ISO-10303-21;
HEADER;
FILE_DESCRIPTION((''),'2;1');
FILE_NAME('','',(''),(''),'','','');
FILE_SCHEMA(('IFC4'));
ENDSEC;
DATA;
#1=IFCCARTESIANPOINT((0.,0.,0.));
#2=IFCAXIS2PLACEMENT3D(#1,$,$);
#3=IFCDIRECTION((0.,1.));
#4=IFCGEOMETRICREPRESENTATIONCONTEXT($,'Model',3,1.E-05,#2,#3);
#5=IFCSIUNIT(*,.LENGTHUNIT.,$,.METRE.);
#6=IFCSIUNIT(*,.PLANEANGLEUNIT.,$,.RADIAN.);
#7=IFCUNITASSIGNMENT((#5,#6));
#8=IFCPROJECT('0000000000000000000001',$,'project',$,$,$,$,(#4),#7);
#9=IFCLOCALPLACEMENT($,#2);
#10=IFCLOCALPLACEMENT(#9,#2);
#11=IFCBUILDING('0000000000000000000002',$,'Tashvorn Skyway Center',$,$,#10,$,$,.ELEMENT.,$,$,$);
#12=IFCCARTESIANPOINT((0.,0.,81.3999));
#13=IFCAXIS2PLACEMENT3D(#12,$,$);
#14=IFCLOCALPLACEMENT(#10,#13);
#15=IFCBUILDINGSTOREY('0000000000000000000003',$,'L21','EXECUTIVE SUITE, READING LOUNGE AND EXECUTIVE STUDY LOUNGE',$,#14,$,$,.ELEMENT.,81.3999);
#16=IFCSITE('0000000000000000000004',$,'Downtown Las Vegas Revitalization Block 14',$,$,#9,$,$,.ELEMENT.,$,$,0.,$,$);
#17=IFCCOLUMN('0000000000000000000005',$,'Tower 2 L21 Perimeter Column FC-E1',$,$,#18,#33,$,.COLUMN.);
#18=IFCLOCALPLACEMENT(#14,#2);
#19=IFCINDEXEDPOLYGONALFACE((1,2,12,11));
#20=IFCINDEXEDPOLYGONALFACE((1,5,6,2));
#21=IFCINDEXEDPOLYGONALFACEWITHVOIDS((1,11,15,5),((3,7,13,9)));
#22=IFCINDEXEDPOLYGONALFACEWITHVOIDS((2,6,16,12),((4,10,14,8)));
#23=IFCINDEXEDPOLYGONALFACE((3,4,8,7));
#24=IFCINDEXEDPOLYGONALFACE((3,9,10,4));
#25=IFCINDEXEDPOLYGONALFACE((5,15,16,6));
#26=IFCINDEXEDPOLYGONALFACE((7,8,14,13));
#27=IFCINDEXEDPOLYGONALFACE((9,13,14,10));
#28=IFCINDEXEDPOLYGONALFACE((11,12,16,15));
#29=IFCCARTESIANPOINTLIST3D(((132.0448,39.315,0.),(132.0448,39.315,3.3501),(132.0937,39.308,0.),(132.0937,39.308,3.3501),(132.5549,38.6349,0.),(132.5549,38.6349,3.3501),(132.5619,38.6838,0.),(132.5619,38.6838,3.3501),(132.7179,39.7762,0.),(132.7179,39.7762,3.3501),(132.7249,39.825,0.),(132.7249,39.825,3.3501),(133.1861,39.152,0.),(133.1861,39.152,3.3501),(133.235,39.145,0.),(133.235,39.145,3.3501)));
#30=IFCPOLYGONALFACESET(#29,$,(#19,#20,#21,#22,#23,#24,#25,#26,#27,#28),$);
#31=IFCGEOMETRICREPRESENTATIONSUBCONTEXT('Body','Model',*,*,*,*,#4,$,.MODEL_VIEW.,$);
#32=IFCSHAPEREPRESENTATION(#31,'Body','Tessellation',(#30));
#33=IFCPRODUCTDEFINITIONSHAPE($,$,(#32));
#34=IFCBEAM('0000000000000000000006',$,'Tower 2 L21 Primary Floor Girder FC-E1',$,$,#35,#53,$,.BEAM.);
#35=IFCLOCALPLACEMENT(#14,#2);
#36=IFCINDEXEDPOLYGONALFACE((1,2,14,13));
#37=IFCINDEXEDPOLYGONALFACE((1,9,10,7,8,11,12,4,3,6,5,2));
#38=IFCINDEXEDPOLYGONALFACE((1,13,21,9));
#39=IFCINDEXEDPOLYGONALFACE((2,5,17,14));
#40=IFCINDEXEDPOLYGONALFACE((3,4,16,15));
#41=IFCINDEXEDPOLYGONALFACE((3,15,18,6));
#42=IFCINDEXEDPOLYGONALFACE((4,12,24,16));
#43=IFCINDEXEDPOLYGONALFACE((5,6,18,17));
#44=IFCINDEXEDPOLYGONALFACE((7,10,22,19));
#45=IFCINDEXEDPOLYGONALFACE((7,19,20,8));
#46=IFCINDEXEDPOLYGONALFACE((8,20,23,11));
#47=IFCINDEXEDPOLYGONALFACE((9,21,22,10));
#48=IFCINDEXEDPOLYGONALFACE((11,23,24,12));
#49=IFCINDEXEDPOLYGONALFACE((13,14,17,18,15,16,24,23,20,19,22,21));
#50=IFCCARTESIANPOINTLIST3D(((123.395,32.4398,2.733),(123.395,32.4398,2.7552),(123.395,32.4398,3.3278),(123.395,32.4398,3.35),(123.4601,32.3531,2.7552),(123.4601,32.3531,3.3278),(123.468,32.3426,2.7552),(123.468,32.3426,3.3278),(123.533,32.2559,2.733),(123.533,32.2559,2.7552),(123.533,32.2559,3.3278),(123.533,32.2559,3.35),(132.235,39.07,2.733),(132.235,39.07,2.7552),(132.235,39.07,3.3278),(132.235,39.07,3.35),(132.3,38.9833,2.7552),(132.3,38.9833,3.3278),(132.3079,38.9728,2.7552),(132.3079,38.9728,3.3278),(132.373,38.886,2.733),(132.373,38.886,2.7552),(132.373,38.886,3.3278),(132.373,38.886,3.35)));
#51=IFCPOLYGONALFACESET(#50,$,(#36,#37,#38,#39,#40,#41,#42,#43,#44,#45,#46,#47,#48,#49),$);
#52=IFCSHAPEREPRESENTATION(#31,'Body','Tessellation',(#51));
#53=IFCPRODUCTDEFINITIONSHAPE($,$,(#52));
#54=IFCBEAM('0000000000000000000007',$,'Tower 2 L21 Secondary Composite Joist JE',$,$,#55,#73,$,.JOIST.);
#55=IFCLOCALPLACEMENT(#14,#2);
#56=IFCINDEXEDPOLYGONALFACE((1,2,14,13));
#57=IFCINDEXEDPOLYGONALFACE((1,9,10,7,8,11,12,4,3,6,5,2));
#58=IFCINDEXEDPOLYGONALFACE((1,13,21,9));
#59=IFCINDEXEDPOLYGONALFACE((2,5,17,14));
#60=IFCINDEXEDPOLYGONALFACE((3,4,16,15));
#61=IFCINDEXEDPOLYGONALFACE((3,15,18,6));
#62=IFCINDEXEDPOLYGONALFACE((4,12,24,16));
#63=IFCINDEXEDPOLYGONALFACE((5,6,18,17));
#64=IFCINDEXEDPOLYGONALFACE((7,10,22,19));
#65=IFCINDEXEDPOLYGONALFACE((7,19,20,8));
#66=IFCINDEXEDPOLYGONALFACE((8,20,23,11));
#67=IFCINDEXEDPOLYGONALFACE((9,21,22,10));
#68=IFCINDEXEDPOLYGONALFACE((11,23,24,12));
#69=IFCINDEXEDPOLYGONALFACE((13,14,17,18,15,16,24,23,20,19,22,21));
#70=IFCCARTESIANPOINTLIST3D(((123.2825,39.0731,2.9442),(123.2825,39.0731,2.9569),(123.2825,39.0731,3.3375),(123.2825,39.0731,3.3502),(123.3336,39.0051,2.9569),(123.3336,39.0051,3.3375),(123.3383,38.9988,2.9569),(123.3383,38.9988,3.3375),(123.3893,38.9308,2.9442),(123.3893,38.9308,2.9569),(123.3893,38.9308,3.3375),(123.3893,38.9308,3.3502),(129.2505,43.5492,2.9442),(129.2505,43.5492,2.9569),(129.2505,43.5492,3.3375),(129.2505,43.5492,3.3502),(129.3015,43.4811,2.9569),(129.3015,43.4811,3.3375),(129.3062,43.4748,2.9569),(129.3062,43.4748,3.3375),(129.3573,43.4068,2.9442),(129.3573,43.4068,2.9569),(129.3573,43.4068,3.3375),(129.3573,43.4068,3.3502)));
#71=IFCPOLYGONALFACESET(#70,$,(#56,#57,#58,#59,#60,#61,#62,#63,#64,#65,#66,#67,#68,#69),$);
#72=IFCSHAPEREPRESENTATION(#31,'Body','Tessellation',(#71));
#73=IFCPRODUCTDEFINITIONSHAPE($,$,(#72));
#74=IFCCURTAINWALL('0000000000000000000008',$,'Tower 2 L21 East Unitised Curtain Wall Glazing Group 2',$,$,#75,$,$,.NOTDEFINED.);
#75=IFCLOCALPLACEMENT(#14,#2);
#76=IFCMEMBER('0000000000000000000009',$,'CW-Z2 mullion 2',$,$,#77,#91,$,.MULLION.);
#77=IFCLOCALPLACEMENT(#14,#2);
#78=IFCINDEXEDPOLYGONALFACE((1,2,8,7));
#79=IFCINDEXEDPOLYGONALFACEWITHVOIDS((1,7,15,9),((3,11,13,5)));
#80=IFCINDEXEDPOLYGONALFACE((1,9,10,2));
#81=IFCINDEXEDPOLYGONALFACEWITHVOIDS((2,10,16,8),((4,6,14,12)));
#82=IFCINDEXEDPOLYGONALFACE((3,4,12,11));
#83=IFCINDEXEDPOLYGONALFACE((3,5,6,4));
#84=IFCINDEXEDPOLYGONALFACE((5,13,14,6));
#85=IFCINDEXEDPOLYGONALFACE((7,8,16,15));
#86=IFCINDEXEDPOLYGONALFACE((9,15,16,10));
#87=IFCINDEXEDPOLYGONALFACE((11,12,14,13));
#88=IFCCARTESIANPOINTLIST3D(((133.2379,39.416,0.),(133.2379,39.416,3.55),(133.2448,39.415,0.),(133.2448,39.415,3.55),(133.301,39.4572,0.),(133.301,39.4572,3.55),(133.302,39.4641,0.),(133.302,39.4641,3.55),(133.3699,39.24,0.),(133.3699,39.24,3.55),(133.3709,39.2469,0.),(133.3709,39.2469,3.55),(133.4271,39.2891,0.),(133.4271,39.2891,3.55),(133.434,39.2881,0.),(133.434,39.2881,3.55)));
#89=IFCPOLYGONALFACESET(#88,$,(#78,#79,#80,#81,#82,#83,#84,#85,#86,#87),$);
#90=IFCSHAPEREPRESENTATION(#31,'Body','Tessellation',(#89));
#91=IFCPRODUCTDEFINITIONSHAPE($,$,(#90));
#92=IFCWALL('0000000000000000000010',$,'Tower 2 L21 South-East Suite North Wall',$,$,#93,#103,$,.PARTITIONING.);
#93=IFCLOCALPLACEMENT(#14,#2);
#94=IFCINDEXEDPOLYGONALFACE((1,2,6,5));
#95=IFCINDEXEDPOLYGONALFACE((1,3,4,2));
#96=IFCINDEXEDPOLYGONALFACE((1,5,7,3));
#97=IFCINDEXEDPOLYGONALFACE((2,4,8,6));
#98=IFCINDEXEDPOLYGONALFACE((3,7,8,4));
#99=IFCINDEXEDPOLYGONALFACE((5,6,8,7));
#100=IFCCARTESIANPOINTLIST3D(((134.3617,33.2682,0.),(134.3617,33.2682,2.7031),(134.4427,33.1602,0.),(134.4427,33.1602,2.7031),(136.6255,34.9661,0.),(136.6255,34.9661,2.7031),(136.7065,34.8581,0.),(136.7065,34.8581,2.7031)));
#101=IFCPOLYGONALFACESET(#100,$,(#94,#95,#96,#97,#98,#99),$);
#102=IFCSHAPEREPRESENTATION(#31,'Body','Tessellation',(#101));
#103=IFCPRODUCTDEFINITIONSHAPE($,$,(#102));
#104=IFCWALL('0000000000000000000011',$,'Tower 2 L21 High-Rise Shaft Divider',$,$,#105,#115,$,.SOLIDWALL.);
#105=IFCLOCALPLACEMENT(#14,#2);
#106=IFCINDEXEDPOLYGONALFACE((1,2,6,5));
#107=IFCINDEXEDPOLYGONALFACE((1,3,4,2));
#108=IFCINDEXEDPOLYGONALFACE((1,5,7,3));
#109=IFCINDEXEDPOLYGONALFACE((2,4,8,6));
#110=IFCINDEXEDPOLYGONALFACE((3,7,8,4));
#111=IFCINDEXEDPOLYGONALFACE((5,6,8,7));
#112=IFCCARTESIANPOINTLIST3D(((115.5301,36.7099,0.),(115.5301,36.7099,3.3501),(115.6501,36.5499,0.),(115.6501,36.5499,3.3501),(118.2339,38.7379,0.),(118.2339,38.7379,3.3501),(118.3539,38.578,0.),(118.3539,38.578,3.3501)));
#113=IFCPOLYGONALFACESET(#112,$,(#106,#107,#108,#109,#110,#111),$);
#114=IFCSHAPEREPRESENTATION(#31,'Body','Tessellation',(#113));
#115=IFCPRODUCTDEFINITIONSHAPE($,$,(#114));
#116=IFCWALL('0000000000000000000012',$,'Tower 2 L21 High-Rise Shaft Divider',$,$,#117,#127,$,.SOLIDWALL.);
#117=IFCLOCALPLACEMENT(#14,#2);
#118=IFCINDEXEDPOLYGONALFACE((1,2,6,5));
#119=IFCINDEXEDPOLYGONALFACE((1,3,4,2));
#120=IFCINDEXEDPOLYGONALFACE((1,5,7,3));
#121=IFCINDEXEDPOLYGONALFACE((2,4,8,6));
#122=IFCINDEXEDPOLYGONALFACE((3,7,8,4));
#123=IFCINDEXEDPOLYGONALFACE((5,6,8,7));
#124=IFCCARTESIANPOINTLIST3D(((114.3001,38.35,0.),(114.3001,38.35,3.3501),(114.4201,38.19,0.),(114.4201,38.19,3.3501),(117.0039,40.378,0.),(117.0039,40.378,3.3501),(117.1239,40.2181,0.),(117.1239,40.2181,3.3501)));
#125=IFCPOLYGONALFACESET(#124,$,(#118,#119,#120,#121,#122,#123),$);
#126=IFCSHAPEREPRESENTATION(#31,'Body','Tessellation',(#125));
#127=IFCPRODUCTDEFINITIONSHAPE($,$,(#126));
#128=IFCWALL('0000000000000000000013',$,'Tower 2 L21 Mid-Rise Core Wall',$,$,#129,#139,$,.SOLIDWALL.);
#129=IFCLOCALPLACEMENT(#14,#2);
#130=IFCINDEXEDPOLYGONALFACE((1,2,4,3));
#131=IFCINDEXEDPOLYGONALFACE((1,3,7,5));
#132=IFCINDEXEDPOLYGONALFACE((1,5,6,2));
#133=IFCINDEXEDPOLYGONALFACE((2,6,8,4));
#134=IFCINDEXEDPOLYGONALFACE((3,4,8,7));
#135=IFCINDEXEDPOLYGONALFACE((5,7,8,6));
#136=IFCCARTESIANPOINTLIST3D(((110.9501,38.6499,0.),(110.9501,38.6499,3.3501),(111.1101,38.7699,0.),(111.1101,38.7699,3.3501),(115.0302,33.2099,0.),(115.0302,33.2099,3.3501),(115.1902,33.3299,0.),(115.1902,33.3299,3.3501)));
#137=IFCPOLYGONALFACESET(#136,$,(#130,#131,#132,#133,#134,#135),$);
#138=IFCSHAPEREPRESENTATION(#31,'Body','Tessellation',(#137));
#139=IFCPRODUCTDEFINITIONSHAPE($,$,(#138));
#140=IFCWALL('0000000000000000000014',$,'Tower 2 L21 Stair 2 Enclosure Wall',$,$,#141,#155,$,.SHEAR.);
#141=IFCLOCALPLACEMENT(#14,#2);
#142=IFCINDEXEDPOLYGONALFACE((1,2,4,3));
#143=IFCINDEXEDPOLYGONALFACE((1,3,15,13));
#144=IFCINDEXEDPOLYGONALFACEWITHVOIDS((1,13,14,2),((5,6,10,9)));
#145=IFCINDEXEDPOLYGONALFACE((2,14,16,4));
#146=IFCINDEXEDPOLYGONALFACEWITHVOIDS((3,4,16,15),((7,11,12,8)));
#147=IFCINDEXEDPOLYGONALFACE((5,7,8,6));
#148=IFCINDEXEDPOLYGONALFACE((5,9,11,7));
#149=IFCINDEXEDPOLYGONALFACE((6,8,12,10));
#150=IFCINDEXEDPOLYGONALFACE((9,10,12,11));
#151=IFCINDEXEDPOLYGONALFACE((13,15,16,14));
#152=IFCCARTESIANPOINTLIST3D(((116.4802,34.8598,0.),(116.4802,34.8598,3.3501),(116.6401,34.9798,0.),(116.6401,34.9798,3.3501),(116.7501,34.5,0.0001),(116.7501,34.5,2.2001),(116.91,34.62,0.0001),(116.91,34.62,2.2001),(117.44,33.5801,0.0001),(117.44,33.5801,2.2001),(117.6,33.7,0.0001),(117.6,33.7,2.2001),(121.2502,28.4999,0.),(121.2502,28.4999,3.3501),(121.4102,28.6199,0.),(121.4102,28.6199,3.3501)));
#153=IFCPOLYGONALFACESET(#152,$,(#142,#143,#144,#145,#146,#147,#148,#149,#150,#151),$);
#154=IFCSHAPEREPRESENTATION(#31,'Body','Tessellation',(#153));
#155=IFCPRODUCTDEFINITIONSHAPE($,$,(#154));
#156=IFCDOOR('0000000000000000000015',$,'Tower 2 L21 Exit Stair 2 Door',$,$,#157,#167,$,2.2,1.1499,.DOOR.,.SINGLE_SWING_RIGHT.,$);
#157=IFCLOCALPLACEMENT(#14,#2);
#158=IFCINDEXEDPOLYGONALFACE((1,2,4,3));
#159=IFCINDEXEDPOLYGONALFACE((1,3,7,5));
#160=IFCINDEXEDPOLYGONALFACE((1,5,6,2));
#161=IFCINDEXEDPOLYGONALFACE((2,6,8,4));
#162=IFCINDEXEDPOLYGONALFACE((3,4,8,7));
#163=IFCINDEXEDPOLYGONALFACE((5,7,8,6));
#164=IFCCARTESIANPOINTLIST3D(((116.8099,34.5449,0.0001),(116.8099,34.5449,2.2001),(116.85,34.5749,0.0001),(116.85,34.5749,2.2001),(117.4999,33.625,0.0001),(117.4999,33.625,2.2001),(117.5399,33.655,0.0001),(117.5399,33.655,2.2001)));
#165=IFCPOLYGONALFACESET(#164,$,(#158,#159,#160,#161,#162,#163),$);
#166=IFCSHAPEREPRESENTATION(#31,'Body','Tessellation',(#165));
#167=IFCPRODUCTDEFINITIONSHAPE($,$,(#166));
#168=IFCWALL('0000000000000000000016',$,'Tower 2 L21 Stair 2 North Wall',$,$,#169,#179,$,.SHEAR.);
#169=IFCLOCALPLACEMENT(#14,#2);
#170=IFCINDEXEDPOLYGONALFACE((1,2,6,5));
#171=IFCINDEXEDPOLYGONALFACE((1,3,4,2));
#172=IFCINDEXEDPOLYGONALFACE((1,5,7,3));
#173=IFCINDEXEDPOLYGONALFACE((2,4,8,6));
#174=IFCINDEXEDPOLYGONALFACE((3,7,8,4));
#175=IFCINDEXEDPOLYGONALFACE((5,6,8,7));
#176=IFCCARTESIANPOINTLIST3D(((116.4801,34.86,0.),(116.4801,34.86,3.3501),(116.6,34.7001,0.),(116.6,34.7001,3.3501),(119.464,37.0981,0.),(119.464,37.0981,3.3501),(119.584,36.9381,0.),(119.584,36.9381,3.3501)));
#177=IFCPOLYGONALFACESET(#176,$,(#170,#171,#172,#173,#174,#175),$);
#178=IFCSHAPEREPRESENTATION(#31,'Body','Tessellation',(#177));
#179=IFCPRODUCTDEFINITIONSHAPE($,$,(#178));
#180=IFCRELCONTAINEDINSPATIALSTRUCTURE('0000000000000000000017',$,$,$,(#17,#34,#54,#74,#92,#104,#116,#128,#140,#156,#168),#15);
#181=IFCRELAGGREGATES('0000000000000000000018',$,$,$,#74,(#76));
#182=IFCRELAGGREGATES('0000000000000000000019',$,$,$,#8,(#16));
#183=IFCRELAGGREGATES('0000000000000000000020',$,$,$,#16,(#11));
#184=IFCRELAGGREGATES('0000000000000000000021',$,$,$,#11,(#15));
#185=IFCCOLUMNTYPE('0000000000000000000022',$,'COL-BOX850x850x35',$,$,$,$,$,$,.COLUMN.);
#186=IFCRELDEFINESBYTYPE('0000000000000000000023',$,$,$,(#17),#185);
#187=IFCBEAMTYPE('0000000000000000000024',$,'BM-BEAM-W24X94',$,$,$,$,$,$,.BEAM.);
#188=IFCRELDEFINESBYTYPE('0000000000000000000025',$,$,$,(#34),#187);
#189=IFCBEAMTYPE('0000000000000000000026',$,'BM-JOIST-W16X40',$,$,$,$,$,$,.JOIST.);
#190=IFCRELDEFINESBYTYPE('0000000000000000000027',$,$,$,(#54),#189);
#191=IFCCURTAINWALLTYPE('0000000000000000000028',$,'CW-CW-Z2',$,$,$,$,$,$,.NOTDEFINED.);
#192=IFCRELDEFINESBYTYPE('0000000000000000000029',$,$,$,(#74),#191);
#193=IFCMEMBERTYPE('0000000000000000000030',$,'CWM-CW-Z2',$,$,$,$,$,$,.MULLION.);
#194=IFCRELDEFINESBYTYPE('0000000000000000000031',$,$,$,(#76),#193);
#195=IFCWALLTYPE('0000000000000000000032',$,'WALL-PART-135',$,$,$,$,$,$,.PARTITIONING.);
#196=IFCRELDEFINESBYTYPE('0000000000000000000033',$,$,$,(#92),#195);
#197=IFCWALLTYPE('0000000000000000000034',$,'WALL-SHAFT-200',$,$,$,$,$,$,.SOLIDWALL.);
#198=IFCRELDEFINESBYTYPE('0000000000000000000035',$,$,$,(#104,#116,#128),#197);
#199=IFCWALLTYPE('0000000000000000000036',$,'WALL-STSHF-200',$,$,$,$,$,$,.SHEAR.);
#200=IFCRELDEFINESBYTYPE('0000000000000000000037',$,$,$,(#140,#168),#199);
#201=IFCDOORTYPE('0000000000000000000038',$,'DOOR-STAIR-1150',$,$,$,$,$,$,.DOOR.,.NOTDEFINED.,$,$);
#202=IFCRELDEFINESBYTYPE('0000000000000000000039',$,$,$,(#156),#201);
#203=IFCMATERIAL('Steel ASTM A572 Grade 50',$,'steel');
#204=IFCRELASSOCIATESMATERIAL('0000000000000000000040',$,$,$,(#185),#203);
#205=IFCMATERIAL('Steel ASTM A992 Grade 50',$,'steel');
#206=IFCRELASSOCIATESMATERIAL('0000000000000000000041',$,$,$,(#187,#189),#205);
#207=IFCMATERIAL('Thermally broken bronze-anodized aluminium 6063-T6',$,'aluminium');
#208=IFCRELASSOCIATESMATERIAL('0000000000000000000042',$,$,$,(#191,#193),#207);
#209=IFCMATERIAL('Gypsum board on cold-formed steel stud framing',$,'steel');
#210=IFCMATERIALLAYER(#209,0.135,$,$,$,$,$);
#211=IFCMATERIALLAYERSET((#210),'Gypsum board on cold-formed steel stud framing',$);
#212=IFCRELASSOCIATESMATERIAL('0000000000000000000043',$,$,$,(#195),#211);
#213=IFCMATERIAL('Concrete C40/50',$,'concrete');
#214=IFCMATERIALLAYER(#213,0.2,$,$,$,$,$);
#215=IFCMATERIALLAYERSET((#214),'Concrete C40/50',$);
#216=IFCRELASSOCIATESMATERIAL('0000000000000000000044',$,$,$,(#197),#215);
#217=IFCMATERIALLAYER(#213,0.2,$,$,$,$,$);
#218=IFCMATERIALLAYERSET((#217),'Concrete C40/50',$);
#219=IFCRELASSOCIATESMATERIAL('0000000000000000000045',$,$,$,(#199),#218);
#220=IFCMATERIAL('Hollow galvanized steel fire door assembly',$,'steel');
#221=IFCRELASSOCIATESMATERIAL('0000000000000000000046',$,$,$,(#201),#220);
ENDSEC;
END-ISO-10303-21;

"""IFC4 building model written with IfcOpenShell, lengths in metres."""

from ifc_helpers import new_model, si_unit, direction, frame, frame_2d, origin, origin_2d, place, context, subcontext, project, spatial, rectangle, hollow_rectangle, i_section, extrude, material, layer, layer_set, material_profile, profile_set, type_object, element, fill, aggregate, save


model = new_model("IFC4")

# Units and contexts
model_context = context("Model", 3, precision=1e-05, world=origin(), true_north=direction((0.0, 1.0)))
body_context = subcontext(model_context, "Body", "Model", "MODEL_VIEW")
ifc_project = project(units=[si_unit("LENGTHUNIT", "METRE"), si_unit("PLANEANGLEUNIT", "RADIAN")], contexts=[model_context])

# Site, building, storey
site_placement = place(None, origin())
site = spatial("IfcSite", under=ifc_project, at=site_placement, Name="Downtown Las Vegas Revitalization Block 14", CompositionType="ELEMENT", RefElevation=0.0)
building_placement = place(site_placement, origin())
building = spatial("IfcBuilding", under=site, at=building_placement, Name="Tashvorn Skyway Center", CompositionType="ELEMENT")
storey_placement = place(building_placement, frame((0.0, 0.0, 81.3999)))
storey = spatial("IfcBuildingStorey", under=building, at=storey_placement, Name="L21", Description="EXECUTIVE SUITE, READING LOUNGE AND EXECUTIVE STUDY LOUNGE", CompositionType="ELEMENT", Elevation=81.3999)

# Column
ifc_material_1 = material(Name="Steel ASTM A572 Grade 50", Category="steel")
ifc_material_profile_1 = material_profile(ifc_material_1, hollow_rectangle(XDim=0.8501, YDim=0.8501, WallThickness=0.0349, at=origin_2d()), Name="BOX850x850x35")
ifc_profile_set_1 = profile_set([ifc_material_profile_1], Name="Steel ASTM A572 Grade 50")
column_type = type_object("IfcColumnType", Name="COL-BOX850x850x35", PredefinedType="COLUMN", material=ifc_profile_set_1)
column_placement = place(storey_placement, frame((132.6399, 39.23, 0.0), z_axis=(0.0, 0.0, 1.0), x_axis=(0.8, 0.6, 0.0)))
element("IfcColumn", 1, at=column_placement, inside=storey, type_object=column_type, Name="Tower 2 L21 Perimeter Column FC-E1", PredefinedType="COLUMN", context=body_context, shape_type="SweptSolid", body=[
    extrude(hollow_rectangle(XDim=0.8501, YDim=0.8501, WallThickness=0.0349, at=origin_2d()), origin(), (0.0, 0.0, 1.0), 3.3501),
])

# Beams
ifc_material_2 = material(Name="Steel ASTM A992 Grade 50", Category="steel")
ifc_material_profile_2 = material_profile(ifc_material_2, i_section(OverallWidth=0.23, OverallDepth=0.6169, WebThickness=0.0132, FlangeThickness=0.0222, at=origin_2d()), Name="W24X94")
ifc_profile_set_2 = profile_set([ifc_material_profile_2], Name="Steel ASTM A992 Grade 50")
beam_type_1 = type_object("IfcBeamType", Name="BM-BEAM-W24X94", PredefinedType="BEAM", material=ifc_profile_set_2)
beam_1_placement = place(storey_placement, frame((132.304, 38.978, 3.0415), z_axis=(-0.799989, -0.600014, 0.0), x_axis=(0.600014, -0.799989, 0.0)))
element("IfcBeam", 2, at=beam_1_placement, inside=storey, type_object=beam_type_1, Name="Tower 2 L21 Primary Floor Girder FC-E1", PredefinedType="BEAM", context=body_context, shape_type="SweptSolid", body=[
    extrude(i_section(OverallWidth=0.23, OverallDepth=0.6169, WebThickness=0.0132, FlangeThickness=0.0222, at=origin_2d()), origin(), (0.0, 0.0, 1.0), 11.05),
])
ifc_material_profile_3 = material_profile(ifc_material_2, i_section(OverallWidth=0.178, OverallDepth=0.406, WebThickness=0.0078, FlangeThickness=0.0127, at=origin_2d()), Name="W16X40")
ifc_profile_set_3 = profile_set([ifc_material_profile_3], Name="Steel ASTM A992 Grade 50")
beam_type_2 = type_object("IfcBeamType", Name="BM-JOIST-W16X40", PredefinedType="JOIST", material=ifc_profile_set_3)
beam_2_placement = place(storey_placement, frame((123.3359, 39.002, 3.1472), z_axis=(0.799996, 0.600005, 0.0), x_axis=(-0.600005, 0.799996, 0.0)))
element("IfcBeam", 3, at=beam_2_placement, inside=storey, type_object=beam_type_2, Name="Tower 2 L21 Secondary Composite Joist JE", PredefinedType="JOIST", context=body_context, shape_type="SweptSolid", body=[
    extrude(i_section(OverallWidth=0.178, OverallDepth=0.406, WebThickness=0.0078, FlangeThickness=0.0127, at=origin_2d()), origin(), (0.0, 0.0, 1.0), 7.46),
])

# Curtain wall, member
ifc_material_3 = material(Name="Thermally broken bronze-anodized aluminium 6063-T6", Category="aluminium")
curtain_wall_type = type_object("IfcCurtainWallType", Name="CW-CW-Z2", PredefinedType="NOTDEFINED", material=ifc_material_3)
curtain_wall_placement = place(storey_placement, origin())
curtain_wall = element("IfcCurtainWall", 4, at=curtain_wall_placement, inside=storey, type_object=curtain_wall_type, Name="Tower 2 L21 East Unitised Curtain Wall Glazing Group 2", PredefinedType="NOTDEFINED")
ifc_material_profile_4 = material_profile(ifc_material_3, hollow_rectangle(XDim=0.0801, YDim=0.22, WallThickness=0.0049, at=origin_2d()), Name="ALU-MULL-80x220")
ifc_profile_set_4 = profile_set([ifc_material_profile_4], Name="Thermally broken bronze-anodized aluminium 6063-T6")
member_type = type_object("IfcMemberType", Name="CWM-CW-Z2", PredefinedType="MULLION", material=ifc_profile_set_4)
member_placement = place(storey_placement, frame((133.3359, 39.3521, 0.0), z_axis=(0.0, 0.0, 1.0), x_axis=(0.8, 0.6, 0.0)))
member = element("IfcMember", 5, at=member_placement, type_object=member_type, Name="CW-Z2 mullion 2", PredefinedType="MULLION", context=body_context, shape_type="SweptSolid", body=[
    extrude(hollow_rectangle(XDim=0.0801, YDim=0.22, WallThickness=0.0049, at=origin_2d()), origin(), (0.0, 0.0, 1.0), 3.55),
])
aggregate(curtain_wall, [member])

# Walls
ifc_material_4 = material(Name="Gypsum board on cold-formed steel stud framing", Category="steel")
ifc_layer_1 = layer(ifc_material_4, 0.135)
ifc_layer_set_1 = layer_set([ifc_layer_1], Name="Gypsum board on cold-formed steel stud framing")
wall_type_1 = type_object("IfcWallType", Name="WALL-PART-135", PredefinedType="PARTITIONING", material=ifc_layer_set_1)
wall_1_placement = place(storey_placement, frame((134.4021, 33.2141, 0.0), z_axis=(0.0, 0.0, 1.0), x_axis=(0.79999, 0.600014, 0.0)))
element("IfcWall", 6, at=wall_1_placement, inside=storey, type_object=wall_type_1, Name="Tower 2 L21 South-East Suite North Wall", PredefinedType="PARTITIONING", context=body_context, shape_type="SweptSolid", body=[
    extrude(rectangle(XDim=2.8298, YDim=0.135, at=frame_2d((1.415, 0.0))), origin(), (0.0, 0.0, 1.0), 2.7031),
])
ifc_material_5 = material(Name="Concrete C40/50", Category="concrete")
ifc_layer_2 = layer(ifc_material_5, 0.2)
ifc_layer_set_2 = layer_set([ifc_layer_2], Name="Concrete C40/50")
wall_type_2 = type_object("IfcWallType", Name="WALL-SHAFT-200", PredefinedType="SOLIDWALL", material=ifc_layer_set_2)
for number, where, z_axis, x_axis, name in (
    (7, (115.5901, 36.6299, 0.0), (0.0, 0.0, 1.0), (0.799974, 0.600035, 0.0), "Tower 2 L21 High-Rise Shaft Divider"),
    (8, (114.3601, 38.27, 0.0), (0.0, 0.0, 1.0), (0.799974, 0.600035, 0.0), "Tower 2 L21 High-Rise Shaft Divider"),
):
    element("IfcWall", number, at=place(storey_placement, frame(where, z_axis=z_axis, x_axis=x_axis)), inside=storey, type_object=wall_type_2, Name=name, PredefinedType="SOLIDWALL", context=body_context, shape_type="SweptSolid", body=[
        extrude(rectangle(XDim=3.3799, YDim=0.2, at=frame_2d((1.6899, 0.0))), origin(), (0.0, 0.0, 1.0), 3.3501),
    ])
wall_2_placement = place(storey_placement, frame((115.1101, 33.27, 0.0), z_axis=(0.0, 0.0, 1.0), x_axis=(-0.600011, 0.799991, 0.0)))
element("IfcWall", 9, at=wall_2_placement, inside=storey, type_object=wall_type_2, Name="Tower 2 L21 Mid-Rise Core Wall", PredefinedType="SOLIDWALL", context=body_context, shape_type="SweptSolid", body=[
    extrude(rectangle(XDim=6.8, YDim=0.2, at=frame_2d((3.3999, 0.0))), origin(), (0.0, 0.0, 1.0), 3.3501),
])

# Wall, opening, door
ifc_layer_3 = layer(ifc_material_5, 0.2)
ifc_layer_set_3 = layer_set([ifc_layer_3], Name="Concrete C40/50")
wall_type_3 = type_object("IfcWallType", Name="WALL-STSHF-200", PredefinedType="SHEAR", material=ifc_layer_set_3)
wall_3_placement = place(storey_placement, frame((116.5601, 34.9199, 0.0), z_axis=(0.0, 0.0, 1.0), x_axis=(0.60001, -0.799993, 0.0)))
wall_3 = element("IfcWall", 10, at=wall_3_placement, inside=storey, type_object=wall_type_3, Name="Tower 2 L21 Stair 2 Enclosure Wall", PredefinedType="SHEAR", context=body_context, shape_type="SweptSolid", body=[
    extrude(rectangle(XDim=7.95, YDim=0.2, at=frame_2d((3.9751, 0.0))), origin(), (0.0, 0.0, 1.0), 3.3501),
])
opening_placement = place(wall_3_placement, frame((0.45, 0.0, 0.0)))
opening = element("IfcOpeningElement", 11, at=opening_placement, cuts=wall_3, PredefinedType="OPENING", context=body_context, shape_type="SweptSolid", body=[
    extrude(rectangle(XDim=1.1499, YDim=2.2, at=frame_2d((0.575, 1.1001))), frame((0.0, 0.1099, 0.0), z_axis=(0.0, -1.0, 0.0), x_axis=(1.0, 0.0, 0.0)), (0.0, 0.0, 1.0), 0.22),
])
ifc_material_6 = material(Name="Hollow galvanized steel fire door assembly", Category="steel")
door_type = type_object("IfcDoorType", Name="DOOR-STAIR-1150", OperationType="NOTDEFINED", PredefinedType="DOOR", material=ifc_material_6)
door_placement = place(opening_placement, origin())
door = element("IfcDoor", 12, at=door_placement, inside=storey, type_object=door_type, Name="Tower 2 L21 Exit Stair 2 Door", OperationType="SINGLE_SWING_RIGHT", OverallHeight=2.2, OverallWidth=1.1499, PredefinedType="DOOR", context=body_context, shape_type="SweptSolid", body=[
    extrude(rectangle(XDim=1.1499, YDim=2.2, at=frame_2d((0.575, 1.1001))), frame((0.0, 0.0249, 0.0), z_axis=(0.0, -1.0, 0.0), x_axis=(1.0, 0.0, 0.0)), (0.0, 0.0, 1.0), 0.05),
])
fill(opening, door)

# Wall
wall_4_placement = place(storey_placement, frame((116.54, 34.78, 0.0), z_axis=(0.0, 0.0, 1.0), x_axis=(0.799984, 0.600021, 0.0)))
element("IfcWall", 13, at=wall_4_placement, inside=storey, type_object=wall_type_3, Name="Tower 2 L21 Stair 2 North Wall", PredefinedType="SHEAR", context=body_context, shape_type="SweptSolid", body=[
    extrude(rectangle(XDim=3.73, YDim=0.2, at=frame_2d((1.865, 0.0))), origin(), (0.0, 0.0, 1.0), 3.3501),
])

save(model, "model.ifc")
